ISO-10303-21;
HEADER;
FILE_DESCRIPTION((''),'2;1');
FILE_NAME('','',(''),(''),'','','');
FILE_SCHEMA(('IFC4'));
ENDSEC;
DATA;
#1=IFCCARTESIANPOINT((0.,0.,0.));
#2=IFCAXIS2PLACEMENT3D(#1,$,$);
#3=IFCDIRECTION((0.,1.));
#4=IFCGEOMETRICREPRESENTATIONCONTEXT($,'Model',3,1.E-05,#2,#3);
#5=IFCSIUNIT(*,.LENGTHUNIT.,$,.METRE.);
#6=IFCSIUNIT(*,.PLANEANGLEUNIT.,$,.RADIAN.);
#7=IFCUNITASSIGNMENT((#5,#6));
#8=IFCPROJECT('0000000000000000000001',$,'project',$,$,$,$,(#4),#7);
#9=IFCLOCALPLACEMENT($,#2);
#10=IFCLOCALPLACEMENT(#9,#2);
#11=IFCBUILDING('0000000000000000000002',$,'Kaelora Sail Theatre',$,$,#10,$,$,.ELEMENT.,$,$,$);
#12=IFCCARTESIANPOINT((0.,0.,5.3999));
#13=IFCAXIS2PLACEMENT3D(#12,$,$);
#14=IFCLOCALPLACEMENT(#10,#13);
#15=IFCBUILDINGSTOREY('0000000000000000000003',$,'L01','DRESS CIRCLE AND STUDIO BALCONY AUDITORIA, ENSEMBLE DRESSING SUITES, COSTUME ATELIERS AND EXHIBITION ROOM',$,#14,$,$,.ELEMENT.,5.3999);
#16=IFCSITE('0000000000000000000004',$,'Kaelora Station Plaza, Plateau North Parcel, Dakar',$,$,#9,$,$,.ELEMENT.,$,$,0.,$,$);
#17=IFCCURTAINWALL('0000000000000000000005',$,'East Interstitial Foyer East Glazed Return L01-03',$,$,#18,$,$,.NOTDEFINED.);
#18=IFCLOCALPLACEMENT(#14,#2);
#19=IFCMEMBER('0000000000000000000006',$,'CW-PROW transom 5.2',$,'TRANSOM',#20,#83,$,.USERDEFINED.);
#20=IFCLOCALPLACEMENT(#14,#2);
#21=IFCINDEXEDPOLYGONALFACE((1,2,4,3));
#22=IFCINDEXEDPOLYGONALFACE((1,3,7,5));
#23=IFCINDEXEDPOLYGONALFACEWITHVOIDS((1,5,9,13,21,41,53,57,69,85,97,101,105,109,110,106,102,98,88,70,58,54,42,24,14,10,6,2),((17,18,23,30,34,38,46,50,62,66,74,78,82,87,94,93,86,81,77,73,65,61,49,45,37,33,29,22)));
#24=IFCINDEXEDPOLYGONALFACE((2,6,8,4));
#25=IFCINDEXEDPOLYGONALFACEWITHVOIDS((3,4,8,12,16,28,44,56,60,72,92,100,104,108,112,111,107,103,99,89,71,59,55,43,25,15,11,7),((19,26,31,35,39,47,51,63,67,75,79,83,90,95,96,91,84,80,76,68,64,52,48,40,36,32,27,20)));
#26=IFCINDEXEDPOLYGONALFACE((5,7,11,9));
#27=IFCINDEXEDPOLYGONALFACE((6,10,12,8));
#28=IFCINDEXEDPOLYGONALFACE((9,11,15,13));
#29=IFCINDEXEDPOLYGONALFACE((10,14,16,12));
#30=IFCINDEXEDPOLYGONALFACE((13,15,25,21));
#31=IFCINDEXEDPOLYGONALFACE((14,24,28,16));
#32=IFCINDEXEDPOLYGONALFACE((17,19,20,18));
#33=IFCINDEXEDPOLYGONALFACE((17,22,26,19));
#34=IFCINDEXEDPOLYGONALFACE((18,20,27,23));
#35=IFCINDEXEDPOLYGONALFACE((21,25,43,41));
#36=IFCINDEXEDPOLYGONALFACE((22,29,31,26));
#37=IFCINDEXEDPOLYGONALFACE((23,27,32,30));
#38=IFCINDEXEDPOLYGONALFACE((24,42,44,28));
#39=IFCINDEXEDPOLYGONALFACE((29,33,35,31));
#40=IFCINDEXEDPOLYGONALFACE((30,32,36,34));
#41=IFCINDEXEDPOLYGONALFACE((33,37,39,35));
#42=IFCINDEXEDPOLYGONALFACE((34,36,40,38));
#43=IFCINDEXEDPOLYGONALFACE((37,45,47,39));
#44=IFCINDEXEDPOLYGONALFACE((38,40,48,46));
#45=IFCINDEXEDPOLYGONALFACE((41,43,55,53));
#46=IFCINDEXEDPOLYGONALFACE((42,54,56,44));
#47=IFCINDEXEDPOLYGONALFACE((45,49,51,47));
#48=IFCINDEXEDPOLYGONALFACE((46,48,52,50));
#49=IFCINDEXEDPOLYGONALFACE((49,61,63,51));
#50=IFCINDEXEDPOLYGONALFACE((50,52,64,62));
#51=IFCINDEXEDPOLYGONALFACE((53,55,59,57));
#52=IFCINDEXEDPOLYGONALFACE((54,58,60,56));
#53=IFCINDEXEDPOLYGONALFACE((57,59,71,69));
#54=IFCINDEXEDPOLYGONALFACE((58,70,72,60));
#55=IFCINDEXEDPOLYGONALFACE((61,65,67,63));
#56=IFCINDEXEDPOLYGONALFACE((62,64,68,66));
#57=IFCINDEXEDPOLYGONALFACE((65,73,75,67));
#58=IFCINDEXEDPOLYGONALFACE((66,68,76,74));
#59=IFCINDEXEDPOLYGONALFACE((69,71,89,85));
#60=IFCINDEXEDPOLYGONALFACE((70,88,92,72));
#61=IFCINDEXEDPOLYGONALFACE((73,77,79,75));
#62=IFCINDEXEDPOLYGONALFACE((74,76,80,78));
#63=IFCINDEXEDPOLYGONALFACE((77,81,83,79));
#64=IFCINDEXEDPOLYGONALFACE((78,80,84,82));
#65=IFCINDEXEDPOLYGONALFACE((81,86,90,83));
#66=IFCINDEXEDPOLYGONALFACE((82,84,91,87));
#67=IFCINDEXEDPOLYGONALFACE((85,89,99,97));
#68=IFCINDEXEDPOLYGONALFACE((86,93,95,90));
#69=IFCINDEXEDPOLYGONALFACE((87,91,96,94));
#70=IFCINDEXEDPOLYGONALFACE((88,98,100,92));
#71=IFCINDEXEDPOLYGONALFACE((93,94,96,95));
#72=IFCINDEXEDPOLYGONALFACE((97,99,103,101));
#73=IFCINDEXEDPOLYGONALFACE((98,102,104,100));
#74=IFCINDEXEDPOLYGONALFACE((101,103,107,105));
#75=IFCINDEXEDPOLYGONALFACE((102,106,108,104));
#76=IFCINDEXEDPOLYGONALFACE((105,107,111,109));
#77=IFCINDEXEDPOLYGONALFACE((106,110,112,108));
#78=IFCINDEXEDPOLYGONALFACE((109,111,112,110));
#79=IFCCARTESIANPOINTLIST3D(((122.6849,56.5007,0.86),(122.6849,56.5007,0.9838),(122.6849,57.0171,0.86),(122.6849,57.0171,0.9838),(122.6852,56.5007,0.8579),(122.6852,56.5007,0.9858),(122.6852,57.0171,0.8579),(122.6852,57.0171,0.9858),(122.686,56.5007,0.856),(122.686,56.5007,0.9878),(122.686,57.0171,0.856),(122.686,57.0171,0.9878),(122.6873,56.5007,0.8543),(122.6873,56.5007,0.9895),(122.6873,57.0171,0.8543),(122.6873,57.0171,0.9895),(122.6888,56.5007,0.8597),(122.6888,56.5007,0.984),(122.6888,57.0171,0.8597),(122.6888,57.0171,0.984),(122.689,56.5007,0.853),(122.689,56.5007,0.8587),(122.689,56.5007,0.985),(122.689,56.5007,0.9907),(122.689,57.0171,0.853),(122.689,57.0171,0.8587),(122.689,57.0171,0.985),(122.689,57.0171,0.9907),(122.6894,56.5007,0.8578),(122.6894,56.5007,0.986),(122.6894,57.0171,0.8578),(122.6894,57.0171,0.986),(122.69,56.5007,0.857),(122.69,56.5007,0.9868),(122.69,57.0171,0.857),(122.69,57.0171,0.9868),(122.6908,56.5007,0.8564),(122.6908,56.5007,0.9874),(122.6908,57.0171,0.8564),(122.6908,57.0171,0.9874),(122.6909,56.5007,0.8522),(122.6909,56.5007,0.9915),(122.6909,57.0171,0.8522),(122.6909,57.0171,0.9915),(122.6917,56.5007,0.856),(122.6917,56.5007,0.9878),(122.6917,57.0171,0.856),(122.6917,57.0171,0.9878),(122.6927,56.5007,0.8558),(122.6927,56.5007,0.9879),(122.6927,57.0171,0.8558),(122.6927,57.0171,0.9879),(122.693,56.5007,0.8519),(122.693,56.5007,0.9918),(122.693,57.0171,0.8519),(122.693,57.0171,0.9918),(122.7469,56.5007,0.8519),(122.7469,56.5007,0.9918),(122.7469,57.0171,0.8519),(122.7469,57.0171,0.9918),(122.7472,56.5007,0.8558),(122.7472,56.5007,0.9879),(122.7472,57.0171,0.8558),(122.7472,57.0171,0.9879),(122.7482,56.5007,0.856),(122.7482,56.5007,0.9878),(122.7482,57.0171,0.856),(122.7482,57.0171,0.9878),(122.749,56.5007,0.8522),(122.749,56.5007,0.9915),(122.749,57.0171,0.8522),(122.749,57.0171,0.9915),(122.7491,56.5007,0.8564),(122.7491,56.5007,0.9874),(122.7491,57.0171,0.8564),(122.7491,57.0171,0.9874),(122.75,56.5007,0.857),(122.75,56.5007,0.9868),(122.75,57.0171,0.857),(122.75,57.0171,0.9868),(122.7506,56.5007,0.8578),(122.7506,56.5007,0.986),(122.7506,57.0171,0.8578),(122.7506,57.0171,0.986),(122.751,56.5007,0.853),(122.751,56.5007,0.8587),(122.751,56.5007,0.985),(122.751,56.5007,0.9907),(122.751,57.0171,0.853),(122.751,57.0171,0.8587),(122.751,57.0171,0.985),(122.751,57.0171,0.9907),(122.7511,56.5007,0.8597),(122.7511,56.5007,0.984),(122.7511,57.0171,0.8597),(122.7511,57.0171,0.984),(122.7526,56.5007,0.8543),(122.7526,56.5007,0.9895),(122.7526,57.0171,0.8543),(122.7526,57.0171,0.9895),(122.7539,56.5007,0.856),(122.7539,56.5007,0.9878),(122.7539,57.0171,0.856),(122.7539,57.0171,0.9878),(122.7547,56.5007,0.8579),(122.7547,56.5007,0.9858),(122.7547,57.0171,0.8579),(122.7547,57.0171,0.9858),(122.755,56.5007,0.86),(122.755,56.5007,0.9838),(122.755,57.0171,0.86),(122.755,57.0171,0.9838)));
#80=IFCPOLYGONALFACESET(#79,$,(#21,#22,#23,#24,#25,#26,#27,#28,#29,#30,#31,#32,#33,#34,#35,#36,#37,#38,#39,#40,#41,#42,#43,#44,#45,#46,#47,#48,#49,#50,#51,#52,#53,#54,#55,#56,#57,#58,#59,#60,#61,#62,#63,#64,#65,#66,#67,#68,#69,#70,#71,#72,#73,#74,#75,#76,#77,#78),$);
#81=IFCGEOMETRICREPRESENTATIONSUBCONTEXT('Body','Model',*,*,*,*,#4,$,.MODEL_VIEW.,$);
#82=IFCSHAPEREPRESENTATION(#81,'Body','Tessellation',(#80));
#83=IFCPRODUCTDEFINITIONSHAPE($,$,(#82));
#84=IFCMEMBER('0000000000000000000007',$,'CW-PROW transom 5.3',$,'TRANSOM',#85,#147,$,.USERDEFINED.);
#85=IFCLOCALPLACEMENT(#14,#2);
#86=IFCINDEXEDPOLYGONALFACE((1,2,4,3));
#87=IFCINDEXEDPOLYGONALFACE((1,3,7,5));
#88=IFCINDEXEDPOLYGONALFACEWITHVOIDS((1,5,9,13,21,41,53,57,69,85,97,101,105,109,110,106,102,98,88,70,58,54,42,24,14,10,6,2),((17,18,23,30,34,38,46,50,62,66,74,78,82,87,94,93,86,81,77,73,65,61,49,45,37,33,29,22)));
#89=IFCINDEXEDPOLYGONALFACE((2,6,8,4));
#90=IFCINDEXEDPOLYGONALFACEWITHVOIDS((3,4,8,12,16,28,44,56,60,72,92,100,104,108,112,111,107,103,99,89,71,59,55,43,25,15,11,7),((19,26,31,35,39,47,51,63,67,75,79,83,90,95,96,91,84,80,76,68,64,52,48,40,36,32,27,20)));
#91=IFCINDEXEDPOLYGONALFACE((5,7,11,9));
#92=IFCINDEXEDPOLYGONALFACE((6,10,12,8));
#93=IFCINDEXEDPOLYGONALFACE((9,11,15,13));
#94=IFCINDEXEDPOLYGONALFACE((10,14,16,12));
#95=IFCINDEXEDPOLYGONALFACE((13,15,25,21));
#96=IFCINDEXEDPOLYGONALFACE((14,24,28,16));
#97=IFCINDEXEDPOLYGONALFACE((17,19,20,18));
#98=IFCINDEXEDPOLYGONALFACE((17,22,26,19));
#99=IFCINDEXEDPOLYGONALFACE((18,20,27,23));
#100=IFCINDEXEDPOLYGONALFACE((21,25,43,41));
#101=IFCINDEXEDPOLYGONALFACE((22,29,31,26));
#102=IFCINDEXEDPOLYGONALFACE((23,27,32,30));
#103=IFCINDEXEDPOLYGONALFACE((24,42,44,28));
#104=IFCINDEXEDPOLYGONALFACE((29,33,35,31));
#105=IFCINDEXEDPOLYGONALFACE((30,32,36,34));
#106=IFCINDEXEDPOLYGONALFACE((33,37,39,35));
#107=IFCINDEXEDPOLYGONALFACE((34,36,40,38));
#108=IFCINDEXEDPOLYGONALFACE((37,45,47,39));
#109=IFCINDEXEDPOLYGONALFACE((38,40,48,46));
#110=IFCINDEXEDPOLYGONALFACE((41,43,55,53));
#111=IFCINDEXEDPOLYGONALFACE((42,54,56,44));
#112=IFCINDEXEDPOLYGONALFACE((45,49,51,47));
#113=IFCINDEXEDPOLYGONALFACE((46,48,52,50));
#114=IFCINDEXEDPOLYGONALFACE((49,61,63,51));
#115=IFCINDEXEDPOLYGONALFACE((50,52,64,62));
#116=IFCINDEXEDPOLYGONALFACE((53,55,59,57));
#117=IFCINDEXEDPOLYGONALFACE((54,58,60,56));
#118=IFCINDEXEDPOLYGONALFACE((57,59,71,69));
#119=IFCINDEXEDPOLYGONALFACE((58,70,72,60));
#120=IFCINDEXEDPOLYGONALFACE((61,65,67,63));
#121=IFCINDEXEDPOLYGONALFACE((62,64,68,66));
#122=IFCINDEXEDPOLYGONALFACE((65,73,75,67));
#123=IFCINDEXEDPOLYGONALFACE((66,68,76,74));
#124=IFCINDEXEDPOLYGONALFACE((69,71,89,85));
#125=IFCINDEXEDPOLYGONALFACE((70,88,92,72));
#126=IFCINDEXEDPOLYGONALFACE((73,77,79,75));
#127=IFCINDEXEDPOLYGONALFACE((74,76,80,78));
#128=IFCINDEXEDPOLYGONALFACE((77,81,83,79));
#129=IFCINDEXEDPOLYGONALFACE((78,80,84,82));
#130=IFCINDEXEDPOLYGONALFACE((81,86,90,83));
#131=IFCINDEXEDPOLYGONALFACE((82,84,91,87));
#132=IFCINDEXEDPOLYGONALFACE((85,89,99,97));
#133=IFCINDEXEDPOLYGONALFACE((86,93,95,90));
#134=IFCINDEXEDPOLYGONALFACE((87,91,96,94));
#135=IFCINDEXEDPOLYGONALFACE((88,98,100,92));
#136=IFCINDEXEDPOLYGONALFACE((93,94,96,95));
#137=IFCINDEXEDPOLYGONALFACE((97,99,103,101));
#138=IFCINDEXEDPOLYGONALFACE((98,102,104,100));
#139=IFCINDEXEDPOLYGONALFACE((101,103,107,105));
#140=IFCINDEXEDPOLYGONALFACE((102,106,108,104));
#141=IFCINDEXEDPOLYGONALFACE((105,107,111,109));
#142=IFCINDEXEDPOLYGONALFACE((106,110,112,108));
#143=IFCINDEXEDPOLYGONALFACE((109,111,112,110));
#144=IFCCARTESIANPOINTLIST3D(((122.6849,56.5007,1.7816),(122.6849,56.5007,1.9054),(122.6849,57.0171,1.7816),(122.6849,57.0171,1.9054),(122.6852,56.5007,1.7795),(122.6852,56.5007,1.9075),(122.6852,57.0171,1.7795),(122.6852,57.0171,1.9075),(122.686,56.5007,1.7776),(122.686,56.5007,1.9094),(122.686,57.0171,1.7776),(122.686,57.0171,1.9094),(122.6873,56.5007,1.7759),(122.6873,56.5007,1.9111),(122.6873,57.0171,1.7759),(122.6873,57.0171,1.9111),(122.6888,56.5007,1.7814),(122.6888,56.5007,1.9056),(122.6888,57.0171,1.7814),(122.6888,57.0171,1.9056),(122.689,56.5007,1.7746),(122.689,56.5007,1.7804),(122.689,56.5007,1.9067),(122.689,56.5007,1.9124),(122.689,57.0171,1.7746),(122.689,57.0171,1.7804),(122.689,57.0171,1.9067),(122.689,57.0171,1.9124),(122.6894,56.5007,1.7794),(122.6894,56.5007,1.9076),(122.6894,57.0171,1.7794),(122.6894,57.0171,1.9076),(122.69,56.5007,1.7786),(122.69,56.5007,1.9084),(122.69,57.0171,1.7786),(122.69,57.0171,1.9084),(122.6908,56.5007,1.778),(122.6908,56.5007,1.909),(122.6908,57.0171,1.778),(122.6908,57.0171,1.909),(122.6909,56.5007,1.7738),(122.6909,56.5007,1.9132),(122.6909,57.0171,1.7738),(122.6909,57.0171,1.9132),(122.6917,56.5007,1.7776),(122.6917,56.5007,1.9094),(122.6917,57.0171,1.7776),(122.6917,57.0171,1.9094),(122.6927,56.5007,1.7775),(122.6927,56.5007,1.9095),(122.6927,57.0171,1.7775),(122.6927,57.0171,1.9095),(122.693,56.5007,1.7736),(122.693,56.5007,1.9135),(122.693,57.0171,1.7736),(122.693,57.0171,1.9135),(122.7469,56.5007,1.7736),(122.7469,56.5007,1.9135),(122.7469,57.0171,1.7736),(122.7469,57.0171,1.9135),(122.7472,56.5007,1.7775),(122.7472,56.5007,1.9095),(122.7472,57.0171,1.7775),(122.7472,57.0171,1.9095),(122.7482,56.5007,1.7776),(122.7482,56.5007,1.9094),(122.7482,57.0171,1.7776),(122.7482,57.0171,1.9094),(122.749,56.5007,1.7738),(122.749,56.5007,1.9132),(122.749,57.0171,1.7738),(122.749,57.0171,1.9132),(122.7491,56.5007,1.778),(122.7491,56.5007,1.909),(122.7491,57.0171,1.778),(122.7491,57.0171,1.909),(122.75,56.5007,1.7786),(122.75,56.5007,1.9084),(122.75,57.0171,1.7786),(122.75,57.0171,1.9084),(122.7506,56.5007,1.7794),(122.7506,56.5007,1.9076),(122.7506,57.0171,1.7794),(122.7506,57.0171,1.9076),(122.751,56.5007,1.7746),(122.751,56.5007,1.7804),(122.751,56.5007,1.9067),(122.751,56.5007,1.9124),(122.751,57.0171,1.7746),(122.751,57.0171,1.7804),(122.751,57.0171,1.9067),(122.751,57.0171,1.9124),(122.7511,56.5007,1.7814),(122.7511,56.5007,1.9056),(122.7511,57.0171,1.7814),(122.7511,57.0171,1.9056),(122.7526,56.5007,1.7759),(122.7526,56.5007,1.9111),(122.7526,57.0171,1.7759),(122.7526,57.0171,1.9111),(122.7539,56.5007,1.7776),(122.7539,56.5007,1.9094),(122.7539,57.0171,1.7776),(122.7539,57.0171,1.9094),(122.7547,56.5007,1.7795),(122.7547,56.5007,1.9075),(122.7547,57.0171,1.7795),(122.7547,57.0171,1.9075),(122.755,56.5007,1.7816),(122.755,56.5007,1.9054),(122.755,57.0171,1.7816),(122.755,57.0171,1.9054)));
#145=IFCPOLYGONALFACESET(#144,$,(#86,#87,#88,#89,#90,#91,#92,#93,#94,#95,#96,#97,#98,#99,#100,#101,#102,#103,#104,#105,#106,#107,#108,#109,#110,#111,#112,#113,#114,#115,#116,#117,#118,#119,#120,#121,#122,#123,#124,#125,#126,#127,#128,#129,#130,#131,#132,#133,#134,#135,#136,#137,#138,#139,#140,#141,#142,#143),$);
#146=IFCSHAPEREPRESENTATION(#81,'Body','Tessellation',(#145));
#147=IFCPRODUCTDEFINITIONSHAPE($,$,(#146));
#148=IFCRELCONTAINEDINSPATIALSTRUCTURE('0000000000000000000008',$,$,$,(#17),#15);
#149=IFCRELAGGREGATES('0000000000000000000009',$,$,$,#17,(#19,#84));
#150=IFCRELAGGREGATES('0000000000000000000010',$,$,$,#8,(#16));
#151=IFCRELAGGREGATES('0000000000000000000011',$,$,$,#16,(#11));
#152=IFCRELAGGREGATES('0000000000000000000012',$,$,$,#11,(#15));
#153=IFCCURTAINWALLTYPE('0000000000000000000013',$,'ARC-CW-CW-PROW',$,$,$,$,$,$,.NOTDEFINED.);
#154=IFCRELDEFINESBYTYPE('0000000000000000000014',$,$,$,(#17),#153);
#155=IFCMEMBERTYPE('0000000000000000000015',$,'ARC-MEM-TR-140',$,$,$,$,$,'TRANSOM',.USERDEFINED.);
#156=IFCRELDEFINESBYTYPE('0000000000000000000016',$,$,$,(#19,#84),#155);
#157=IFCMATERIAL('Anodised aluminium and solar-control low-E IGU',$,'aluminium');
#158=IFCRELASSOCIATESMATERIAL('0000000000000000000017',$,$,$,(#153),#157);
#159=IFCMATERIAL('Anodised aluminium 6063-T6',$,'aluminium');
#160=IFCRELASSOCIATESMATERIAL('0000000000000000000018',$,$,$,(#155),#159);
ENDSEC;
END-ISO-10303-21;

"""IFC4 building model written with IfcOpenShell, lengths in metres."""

from ifc_helpers import new_model, si_unit, direction, frame, origin, origin_2d, place, context, subcontext, project, spatial, hollow_rectangle, extrude, material, material_profile, profile_set, type_object, element, aggregate, save


model = new_model("IFC4")

# Units and contexts
model_context = context("Model", 3, precision=1e-05, world=origin(), true_north=direction((0.0, 1.0)))
body_context = subcontext(model_context, "Body", "Model", "MODEL_VIEW")
ifc_project = project(units=[si_unit("LENGTHUNIT", "METRE"), si_unit("PLANEANGLEUNIT", "RADIAN")], contexts=[model_context])

# Site, building, storey
site_placement = place(None, origin())
site = spatial("IfcSite", under=ifc_project, at=site_placement, Name="Kaelora Station Plaza, Plateau North Parcel, Dakar", CompositionType="ELEMENT", RefElevation=0.0)
building_placement = place(site_placement, origin())
building = spatial("IfcBuilding", under=site, at=building_placement, Name="Kaelora Sail Theatre", CompositionType="ELEMENT")
storey_placement = place(building_placement, frame((0.0, 0.0, 5.3999)))
storey = spatial("IfcBuildingStorey", under=building, at=storey_placement, Name="L01", Description="DRESS CIRCLE AND STUDIO BALCONY AUDITORIA, ENSEMBLE DRESSING SUITES, COSTUME ATELIERS AND EXHIBITION ROOM", CompositionType="ELEMENT", Elevation=5.3999)

# Curtain wall, members
ifc_material_1 = material(Name="Anodised aluminium and solar-control low-E IGU", Category="aluminium")
curtain_wall_type = type_object("IfcCurtainWallType", Name="ARC-CW-CW-PROW", PredefinedType="NOTDEFINED", material=ifc_material_1)
curtain_wall_placement = place(storey_placement, origin())
curtain_wall = element("IfcCurtainWall", 1, at=curtain_wall_placement, inside=storey, type_object=curtain_wall_type, Name="East Interstitial Foyer East Glazed Return L01-03", PredefinedType="NOTDEFINED")
ifc_material_2 = material(Name="Anodised aluminium 6063-T6", Category="aluminium")
ifc_material_profile_1 = material_profile(ifc_material_2, hollow_rectangle(XDim=0.0701, YDim=0.1399, WallThickness=0.0039, InnerFilletRadius=0.0039, OuterFilletRadius=0.0081, at=origin_2d()), Name="ALU-TRAN 70x140x4")
ifc_profile_set_1 = profile_set([ifc_material_profile_1], Name="Anodised aluminium 6063-T6")
member_type_1 = type_object("IfcMemberType", Name="ARC-MEM-TR-140", ElementType="TRANSOM", PredefinedType="USERDEFINED", material=ifc_profile_set_1)
member_1_placement = place(storey_placement, frame((122.72, 56.5007, 0.9219), z_axis=(0.0, 1.0, 0.0), x_axis=(-1.0, 0.0, 0.0)))
member_1 = element("IfcMember", 2, at=member_1_placement, type_object=member_type_1, Name="CW-PROW transom 5.2", ObjectType="TRANSOM", PredefinedType="USERDEFINED", context=body_context, shape_type="SweptSolid", body=[
    extrude(hollow_rectangle(XDim=0.0701, YDim=0.1399, WallThickness=0.0039, InnerFilletRadius=0.0039, OuterFilletRadius=0.0081, at=origin_2d()), origin(), (0.0, 0.0, 1.0), 0.5164),
])
member_2_placement = place(storey_placement, frame((122.72, 56.5007, 1.8435), z_axis=(0.0, 1.0, 0.0), x_axis=(-1.0, 0.0, 0.0)))
member_2 = element("IfcMember", 3, at=member_2_placement, type_object=member_type_1, Name="CW-PROW transom 5.3", ObjectType="TRANSOM", PredefinedType="USERDEFINED", context=body_context, shape_type="SweptSolid", body=[
    extrude(hollow_rectangle(XDim=0.0701, YDim=0.1399, WallThickness=0.0039, InnerFilletRadius=0.0039, OuterFilletRadius=0.0081, at=origin_2d()), origin(), (0.0, 0.0, 1.0), 0.5164),
])
aggregate(curtain_wall, [member_1, member_2])

save(model, "model.ifc")
